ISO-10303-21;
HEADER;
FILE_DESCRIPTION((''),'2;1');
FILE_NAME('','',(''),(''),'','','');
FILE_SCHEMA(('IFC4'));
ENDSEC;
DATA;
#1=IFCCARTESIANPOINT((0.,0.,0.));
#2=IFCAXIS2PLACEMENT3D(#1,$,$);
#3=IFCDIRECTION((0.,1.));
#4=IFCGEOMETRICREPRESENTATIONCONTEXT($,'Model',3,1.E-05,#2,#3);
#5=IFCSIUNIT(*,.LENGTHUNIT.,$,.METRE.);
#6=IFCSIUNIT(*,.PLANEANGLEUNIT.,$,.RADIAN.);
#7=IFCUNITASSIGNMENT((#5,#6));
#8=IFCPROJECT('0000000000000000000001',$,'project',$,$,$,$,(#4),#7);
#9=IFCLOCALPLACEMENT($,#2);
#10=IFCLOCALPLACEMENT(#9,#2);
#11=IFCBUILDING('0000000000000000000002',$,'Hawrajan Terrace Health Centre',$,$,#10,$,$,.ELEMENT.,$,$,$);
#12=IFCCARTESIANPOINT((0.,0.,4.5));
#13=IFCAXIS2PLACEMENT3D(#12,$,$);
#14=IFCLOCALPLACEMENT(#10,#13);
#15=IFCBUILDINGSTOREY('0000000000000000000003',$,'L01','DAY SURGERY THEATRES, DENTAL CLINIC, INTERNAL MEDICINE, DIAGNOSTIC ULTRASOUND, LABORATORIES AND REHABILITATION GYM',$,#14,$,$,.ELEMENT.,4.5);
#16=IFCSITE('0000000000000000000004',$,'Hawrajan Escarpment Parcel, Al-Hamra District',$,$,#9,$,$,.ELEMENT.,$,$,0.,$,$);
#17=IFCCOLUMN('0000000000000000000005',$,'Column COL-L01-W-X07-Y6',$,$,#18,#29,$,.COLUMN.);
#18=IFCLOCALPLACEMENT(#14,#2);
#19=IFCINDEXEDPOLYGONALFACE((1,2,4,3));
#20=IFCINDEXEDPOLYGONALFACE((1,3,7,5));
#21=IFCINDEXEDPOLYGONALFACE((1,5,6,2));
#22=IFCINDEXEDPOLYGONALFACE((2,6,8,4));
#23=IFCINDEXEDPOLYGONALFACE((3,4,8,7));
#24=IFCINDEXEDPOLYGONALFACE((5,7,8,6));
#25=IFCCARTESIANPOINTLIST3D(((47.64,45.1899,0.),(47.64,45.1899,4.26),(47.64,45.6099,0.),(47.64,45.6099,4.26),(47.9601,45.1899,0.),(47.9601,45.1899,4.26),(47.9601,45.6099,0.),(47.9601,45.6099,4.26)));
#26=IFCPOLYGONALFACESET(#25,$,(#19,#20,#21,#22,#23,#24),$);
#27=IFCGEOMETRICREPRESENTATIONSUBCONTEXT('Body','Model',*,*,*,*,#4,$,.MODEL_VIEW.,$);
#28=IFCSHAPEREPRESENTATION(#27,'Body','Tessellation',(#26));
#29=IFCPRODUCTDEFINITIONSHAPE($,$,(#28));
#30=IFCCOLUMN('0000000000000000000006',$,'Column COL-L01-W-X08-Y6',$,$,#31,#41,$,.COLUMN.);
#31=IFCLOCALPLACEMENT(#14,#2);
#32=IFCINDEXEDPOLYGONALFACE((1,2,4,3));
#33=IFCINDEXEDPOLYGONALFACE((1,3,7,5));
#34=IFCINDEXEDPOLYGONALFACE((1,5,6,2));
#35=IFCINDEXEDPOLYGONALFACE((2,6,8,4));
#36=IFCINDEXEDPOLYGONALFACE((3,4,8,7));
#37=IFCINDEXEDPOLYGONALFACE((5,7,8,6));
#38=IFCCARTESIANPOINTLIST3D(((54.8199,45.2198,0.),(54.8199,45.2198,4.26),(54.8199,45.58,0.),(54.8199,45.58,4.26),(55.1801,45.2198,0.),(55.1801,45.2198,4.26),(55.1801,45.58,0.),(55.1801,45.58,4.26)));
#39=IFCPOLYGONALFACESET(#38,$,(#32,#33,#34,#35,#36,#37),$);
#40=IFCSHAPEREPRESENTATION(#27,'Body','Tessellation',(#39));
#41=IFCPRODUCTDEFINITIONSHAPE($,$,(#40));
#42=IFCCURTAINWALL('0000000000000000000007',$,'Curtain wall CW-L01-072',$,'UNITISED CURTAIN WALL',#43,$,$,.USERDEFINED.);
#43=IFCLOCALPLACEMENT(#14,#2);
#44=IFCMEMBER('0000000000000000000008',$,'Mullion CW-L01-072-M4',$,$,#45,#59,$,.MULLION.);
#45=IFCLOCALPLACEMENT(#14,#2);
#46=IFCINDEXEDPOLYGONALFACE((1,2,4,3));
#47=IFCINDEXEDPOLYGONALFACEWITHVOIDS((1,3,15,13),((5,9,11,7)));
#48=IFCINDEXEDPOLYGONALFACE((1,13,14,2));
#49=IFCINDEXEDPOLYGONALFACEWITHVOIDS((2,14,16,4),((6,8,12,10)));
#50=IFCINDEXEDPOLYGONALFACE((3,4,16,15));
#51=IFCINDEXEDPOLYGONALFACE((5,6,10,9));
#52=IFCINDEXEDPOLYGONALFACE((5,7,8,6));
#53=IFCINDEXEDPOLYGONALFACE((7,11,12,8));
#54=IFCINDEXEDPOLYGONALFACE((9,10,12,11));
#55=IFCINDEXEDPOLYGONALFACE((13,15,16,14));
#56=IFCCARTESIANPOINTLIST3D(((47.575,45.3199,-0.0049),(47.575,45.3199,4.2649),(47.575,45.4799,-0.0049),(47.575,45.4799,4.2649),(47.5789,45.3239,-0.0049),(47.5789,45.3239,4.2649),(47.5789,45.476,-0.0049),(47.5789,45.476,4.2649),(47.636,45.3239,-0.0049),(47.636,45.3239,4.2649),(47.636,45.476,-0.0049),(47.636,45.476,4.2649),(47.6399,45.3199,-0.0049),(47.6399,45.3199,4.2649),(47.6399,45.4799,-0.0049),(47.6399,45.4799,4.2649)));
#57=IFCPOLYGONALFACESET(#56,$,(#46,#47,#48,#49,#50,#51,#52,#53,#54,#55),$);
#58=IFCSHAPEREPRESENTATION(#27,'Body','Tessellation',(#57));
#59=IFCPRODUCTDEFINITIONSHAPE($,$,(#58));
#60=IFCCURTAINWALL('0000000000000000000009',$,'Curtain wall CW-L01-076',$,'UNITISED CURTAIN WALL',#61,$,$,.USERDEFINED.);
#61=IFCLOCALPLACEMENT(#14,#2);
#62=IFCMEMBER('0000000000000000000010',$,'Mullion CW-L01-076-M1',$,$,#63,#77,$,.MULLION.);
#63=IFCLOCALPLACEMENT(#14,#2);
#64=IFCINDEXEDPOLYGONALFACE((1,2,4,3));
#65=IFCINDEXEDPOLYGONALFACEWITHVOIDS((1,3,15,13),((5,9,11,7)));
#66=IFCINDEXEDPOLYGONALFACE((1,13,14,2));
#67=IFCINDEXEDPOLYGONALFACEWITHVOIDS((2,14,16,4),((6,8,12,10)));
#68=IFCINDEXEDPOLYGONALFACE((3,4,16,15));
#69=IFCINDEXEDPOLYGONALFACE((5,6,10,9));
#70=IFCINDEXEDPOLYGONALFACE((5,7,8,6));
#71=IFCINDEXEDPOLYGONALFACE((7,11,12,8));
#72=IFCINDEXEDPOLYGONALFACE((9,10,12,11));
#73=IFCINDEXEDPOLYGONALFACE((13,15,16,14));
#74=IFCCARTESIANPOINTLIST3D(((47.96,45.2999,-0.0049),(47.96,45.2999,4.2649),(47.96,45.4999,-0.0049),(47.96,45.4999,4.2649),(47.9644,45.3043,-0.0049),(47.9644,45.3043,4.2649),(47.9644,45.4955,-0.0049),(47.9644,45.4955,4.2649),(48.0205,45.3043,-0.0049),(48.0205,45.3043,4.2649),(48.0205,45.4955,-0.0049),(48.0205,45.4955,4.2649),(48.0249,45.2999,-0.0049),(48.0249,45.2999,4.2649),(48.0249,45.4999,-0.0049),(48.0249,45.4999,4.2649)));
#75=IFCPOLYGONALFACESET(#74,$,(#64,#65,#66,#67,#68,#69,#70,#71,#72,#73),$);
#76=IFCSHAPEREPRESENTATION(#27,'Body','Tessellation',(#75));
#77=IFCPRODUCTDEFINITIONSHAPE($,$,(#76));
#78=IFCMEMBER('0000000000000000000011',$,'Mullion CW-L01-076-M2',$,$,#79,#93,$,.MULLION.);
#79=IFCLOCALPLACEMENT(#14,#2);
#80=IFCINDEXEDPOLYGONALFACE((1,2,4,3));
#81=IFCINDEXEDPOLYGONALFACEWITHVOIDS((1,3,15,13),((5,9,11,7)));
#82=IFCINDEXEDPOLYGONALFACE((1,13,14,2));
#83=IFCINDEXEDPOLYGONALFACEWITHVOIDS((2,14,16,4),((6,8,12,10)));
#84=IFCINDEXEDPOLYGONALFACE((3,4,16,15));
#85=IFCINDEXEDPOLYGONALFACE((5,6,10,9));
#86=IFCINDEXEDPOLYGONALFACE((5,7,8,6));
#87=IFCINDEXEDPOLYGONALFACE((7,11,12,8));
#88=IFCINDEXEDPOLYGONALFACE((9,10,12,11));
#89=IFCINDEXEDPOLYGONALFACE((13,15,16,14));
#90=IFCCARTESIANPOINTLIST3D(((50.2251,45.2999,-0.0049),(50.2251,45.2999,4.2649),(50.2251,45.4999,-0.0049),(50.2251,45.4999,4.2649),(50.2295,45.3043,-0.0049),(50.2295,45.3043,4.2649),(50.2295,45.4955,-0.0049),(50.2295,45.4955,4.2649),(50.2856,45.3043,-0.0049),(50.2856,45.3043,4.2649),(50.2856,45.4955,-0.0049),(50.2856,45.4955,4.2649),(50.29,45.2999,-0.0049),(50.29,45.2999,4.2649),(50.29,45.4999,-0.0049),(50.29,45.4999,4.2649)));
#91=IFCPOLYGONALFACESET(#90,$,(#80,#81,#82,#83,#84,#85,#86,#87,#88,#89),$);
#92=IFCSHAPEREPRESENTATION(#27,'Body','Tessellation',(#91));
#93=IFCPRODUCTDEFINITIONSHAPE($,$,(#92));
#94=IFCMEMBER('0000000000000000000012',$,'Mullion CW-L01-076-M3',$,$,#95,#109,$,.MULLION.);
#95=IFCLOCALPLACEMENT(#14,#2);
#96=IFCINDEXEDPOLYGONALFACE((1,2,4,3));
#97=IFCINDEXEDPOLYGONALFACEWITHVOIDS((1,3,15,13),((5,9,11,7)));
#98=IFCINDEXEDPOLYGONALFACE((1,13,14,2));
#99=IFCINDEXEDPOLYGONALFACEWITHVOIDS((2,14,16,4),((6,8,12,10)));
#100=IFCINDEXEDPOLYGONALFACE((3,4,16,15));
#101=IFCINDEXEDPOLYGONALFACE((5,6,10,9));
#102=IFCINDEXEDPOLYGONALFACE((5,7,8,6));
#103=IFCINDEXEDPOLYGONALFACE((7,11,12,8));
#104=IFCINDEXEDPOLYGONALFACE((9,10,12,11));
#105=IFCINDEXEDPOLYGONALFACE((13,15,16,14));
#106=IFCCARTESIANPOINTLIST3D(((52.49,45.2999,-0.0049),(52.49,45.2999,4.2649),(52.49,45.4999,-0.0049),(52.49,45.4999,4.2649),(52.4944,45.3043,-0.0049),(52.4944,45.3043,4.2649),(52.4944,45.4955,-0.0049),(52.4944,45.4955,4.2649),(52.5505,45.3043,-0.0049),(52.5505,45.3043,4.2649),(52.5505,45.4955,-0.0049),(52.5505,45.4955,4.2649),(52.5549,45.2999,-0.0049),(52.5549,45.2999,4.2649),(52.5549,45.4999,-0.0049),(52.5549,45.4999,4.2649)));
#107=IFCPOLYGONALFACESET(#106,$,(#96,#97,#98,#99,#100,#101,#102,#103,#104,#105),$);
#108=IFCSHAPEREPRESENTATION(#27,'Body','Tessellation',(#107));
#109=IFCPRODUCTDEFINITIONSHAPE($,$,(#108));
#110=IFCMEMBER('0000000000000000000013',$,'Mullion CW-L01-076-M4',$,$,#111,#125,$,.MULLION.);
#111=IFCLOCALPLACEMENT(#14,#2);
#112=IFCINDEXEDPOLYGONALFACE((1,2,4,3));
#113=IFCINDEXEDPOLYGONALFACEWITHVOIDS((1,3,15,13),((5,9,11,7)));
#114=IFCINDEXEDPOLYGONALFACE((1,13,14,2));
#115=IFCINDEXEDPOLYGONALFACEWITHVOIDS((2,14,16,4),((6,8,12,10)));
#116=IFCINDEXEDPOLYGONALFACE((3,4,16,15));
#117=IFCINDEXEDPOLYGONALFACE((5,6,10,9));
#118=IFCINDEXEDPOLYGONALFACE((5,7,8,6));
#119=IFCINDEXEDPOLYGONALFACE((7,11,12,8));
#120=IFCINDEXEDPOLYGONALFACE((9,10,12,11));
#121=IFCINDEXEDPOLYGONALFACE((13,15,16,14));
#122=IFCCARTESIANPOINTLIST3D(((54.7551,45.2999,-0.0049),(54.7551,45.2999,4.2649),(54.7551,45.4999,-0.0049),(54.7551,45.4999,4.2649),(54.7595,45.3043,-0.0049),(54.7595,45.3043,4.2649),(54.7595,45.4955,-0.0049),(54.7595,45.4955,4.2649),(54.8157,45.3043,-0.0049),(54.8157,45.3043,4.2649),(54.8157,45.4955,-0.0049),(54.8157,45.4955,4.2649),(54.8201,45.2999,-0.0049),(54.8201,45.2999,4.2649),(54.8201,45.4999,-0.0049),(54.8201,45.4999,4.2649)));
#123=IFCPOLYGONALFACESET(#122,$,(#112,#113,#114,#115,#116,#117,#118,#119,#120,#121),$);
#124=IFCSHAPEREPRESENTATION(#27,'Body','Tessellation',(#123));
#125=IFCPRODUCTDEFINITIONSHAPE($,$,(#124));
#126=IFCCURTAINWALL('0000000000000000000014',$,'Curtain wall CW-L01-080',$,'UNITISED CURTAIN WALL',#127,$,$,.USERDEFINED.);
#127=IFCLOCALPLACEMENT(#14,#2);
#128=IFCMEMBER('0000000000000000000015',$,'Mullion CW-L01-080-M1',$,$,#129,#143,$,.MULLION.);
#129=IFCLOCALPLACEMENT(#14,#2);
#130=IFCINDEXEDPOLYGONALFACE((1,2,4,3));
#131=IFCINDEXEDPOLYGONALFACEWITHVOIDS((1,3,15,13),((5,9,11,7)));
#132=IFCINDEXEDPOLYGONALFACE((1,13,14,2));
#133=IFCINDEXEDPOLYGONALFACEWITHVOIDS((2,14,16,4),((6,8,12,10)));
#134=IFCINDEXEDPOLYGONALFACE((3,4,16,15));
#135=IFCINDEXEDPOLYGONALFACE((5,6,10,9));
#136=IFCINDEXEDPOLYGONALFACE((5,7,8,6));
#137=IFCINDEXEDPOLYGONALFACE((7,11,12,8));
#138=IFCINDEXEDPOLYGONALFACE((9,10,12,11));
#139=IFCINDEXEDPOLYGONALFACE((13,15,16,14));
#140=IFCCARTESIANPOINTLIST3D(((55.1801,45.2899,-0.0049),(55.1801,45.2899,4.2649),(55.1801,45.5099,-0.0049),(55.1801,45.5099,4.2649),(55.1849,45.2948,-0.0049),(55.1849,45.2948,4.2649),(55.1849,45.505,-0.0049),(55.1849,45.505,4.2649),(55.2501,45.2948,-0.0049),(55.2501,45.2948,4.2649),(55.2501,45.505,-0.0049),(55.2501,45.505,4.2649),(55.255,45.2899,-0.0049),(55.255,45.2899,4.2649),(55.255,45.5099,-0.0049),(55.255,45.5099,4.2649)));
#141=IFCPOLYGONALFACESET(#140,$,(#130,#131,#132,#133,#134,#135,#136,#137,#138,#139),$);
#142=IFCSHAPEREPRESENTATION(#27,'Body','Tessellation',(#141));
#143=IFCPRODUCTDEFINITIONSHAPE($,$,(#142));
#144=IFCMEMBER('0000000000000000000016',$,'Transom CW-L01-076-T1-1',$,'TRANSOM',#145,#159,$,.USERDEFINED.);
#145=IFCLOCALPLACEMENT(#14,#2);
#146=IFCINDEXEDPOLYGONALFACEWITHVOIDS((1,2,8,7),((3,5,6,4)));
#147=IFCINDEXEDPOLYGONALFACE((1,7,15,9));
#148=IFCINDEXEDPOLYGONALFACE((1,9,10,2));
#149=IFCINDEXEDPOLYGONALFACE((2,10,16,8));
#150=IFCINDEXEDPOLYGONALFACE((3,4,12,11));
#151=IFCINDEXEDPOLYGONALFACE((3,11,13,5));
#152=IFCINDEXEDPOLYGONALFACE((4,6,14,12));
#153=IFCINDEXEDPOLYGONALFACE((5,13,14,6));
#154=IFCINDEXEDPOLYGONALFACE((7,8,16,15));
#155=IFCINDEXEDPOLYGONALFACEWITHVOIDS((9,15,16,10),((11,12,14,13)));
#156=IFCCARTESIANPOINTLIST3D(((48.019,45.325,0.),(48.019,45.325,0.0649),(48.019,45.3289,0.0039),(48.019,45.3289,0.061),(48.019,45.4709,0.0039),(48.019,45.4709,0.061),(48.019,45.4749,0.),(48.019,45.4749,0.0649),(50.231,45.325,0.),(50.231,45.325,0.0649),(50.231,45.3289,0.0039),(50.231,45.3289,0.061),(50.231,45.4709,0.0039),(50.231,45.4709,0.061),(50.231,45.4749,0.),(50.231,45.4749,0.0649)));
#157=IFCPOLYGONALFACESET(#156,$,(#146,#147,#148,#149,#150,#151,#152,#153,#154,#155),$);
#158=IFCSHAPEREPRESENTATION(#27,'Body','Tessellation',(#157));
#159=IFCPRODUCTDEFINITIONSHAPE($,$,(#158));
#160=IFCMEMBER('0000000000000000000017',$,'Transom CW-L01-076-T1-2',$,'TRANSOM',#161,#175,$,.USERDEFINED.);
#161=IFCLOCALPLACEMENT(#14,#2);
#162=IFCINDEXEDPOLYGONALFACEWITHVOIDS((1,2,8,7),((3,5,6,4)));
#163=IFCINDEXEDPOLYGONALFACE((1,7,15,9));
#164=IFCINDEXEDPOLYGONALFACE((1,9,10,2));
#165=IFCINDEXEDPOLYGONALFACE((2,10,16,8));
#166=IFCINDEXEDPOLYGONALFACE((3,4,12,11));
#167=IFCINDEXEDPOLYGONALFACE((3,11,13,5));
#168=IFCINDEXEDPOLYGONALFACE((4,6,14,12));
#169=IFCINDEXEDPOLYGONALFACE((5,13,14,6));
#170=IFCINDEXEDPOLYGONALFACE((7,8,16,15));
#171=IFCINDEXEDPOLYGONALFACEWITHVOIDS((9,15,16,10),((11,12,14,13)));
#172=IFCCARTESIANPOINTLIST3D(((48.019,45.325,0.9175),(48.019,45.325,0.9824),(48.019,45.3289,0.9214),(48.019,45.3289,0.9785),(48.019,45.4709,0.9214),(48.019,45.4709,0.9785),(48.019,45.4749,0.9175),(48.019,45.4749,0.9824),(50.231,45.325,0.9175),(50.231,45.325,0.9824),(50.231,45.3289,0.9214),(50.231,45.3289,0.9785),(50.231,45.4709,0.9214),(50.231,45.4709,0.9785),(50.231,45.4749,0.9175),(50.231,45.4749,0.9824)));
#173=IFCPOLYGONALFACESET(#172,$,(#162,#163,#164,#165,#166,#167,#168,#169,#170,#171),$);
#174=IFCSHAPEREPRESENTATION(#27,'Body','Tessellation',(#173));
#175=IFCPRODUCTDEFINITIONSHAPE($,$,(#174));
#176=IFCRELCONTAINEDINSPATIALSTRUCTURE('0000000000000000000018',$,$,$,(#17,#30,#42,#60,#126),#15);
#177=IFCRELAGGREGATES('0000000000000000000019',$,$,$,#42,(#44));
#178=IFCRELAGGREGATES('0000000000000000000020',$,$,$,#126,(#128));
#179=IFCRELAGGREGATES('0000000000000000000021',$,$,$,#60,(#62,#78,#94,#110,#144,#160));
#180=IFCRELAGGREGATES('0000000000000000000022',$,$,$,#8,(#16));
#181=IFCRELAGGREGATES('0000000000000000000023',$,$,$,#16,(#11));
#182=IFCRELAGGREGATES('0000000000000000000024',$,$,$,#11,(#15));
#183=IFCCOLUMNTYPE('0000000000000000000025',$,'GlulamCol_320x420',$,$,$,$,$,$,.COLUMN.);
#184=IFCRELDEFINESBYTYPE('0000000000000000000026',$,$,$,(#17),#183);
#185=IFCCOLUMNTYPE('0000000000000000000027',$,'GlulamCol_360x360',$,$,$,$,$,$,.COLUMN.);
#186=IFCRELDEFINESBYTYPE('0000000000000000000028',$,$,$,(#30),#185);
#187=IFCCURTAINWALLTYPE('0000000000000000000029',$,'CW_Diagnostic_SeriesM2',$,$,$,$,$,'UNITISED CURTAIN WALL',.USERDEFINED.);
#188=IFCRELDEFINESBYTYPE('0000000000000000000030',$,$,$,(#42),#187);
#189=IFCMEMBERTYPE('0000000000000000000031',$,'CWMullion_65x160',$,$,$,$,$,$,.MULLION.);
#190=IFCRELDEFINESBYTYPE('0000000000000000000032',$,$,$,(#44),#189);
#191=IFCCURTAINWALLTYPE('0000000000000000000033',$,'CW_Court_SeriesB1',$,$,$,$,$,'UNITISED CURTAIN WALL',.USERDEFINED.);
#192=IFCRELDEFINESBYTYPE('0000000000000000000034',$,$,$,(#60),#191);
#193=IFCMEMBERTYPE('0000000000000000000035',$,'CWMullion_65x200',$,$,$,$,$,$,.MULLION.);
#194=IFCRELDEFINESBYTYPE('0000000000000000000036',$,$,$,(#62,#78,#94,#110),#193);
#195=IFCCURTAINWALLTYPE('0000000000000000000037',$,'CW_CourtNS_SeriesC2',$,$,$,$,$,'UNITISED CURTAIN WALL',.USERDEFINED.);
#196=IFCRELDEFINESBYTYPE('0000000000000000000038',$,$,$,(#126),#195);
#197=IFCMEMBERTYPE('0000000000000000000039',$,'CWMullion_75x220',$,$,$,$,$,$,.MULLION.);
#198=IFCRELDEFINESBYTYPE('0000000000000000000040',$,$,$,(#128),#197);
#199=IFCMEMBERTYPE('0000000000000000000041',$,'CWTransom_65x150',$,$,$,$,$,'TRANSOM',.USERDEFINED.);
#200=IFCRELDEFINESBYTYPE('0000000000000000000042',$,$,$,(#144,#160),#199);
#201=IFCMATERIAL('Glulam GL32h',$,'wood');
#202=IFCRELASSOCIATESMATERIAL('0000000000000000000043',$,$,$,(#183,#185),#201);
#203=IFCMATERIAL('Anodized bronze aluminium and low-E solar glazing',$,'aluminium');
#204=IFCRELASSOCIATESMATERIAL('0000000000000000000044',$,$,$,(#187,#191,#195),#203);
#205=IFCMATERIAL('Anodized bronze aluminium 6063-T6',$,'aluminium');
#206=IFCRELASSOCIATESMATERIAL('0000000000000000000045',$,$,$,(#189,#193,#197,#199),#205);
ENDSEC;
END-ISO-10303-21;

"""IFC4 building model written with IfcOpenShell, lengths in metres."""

from ifc_helpers import new_model, si_unit, direction, frame, origin, origin_2d, place, context, subcontext, project, spatial, rectangle, hollow_rectangle, extrude, material, material_profile, profile_set, type_object, element, aggregate, save


model = new_model("IFC4")

# Units and contexts
model_context = context("Model", 3, precision=1e-05, world=origin(), true_north=direction((0.0, 1.0)))
body_context = subcontext(model_context, "Body", "Model", "MODEL_VIEW")
ifc_project = project(units=[si_unit("LENGTHUNIT", "METRE"), si_unit("PLANEANGLEUNIT", "RADIAN")], contexts=[model_context])

# Site, building, storey
site_placement = place(None, origin())
site = spatial("IfcSite", under=ifc_project, at=site_placement, Name="Hawrajan Escarpment Parcel, Al-Hamra District", CompositionType="ELEMENT", RefElevation=0.0)
building_placement = place(site_placement, origin())
building = spatial("IfcBuilding", under=site, at=building_placement, Name="Hawrajan Terrace Health Centre", CompositionType="ELEMENT")
storey_placement = place(building_placement, frame((0.0, 0.0, 4.5)))
storey = spatial("IfcBuildingStorey", under=building, at=storey_placement, Name="L01", Description="DAY SURGERY THEATRES, DENTAL CLINIC, INTERNAL MEDICINE, DIAGNOSTIC ULTRASOUND, LABORATORIES AND REHABILITATION GYM", CompositionType="ELEMENT", Elevation=4.5)

# Columns
ifc_material_1 = material(Name="Glulam GL32h", Category="wood")
ifc_material_profile_1 = material_profile(ifc_material_1, rectangle(XDim=0.3201, YDim=0.4199, at=origin_2d()), Name="GL 320x420")
ifc_profile_set_1 = profile_set([ifc_material_profile_1], Name="Glulam GL32h")
column_type_1 = type_object("IfcColumnType", Name="GlulamCol_320x420", PredefinedType="COLUMN", material=ifc_profile_set_1)
column_1_placement = place(storey_placement, frame((47.8, 45.3999, 0.0), z_axis=(0.0, 0.0, 1.0), x_axis=(1.0, 0.0, 0.0)))
element("IfcColumn", 1, at=column_1_placement, inside=storey, type_object=column_type_1, Name="Column COL-L01-W-X07-Y6", PredefinedType="COLUMN", context=body_context, shape_type="SweptSolid", body=[
    extrude(rectangle(XDim=0.3201, YDim=0.4199, at=origin_2d()), origin(), (0.0, 0.0, 1.0), 4.26),
])
ifc_material_profile_2 = material_profile(ifc_material_1, rectangle(XDim=0.3601, YDim=0.3601, at=origin_2d()), Name="GL 360x360")
ifc_profile_set_2 = profile_set([ifc_material_profile_2], Name="Glulam GL32h")
column_type_2 = type_object("IfcColumnType", Name="GlulamCol_360x360", PredefinedType="COLUMN", material=ifc_profile_set_2)
column_2_placement = place(storey_placement, frame((55.0, 45.3999, 0.0), z_axis=(0.0, 0.0, 1.0), x_axis=(1.0, 0.0, 0.0)))
element("IfcColumn", 2, at=column_2_placement, inside=storey, type_object=column_type_2, Name="Column COL-L01-W-X08-Y6", PredefinedType="COLUMN", context=body_context, shape_type="SweptSolid", body=[
    extrude(rectangle(XDim=0.3601, YDim=0.3601, at=origin_2d()), origin(), (0.0, 0.0, 1.0), 4.26),
])

# Curtain wall, member
ifc_material_2 = material(Name="Anodized bronze aluminium and low-E solar glazing", Category="aluminium")
curtain_wall_type_1 = type_object("IfcCurtainWallType", Name="CW_Diagnostic_SeriesM2", ElementType="UNITISED CURTAIN WALL", PredefinedType="USERDEFINED", material=ifc_material_2)
curtain_wall_1_placement = place(storey_placement, origin())
curtain_wall_1 = element("IfcCurtainWall", 3, at=curtain_wall_1_placement, inside=storey, type_object=curtain_wall_type_1, Name="Curtain wall CW-L01-072", ObjectType="UNITISED CURTAIN WALL", PredefinedType="USERDEFINED")
ifc_material_3 = material(Name="Anodized bronze aluminium 6063-T6", Category="aluminium")
ifc_material_profile_3 = material_profile(ifc_material_3, hollow_rectangle(XDim=0.0649, YDim=0.1599, WallThickness=0.0039, at=origin_2d()), Name="CW MUL 65x160")
ifc_profile_set_3 = profile_set([ifc_material_profile_3], Name="Anodized bronze aluminium 6063-T6")
member_type_1 = type_object("IfcMemberType", Name="CWMullion_65x160", PredefinedType="MULLION", material=ifc_profile_set_3)
member_1_placement = place(storey_placement, frame((47.6074, 45.3999, -0.0049), z_axis=(0.0, 0.0, 1.0), x_axis=(1.0, 0.0, 0.0)))
member_1 = element("IfcMember", 4, at=member_1_placement, type_object=member_type_1, Name="Mullion CW-L01-072-M4", PredefinedType="MULLION", context=body_context, shape_type="SweptSolid", body=[
    extrude(hollow_rectangle(XDim=0.0649, YDim=0.1599, WallThickness=0.0039, at=origin_2d()), origin(), (0.0, 0.0, 1.0), 4.2698),
])
aggregate(curtain_wall_1, [member_1])

# Curtain wall, members
curtain_wall_type_2 = type_object("IfcCurtainWallType", Name="CW_Court_SeriesB1", ElementType="UNITISED CURTAIN WALL", PredefinedType="USERDEFINED", material=ifc_material_2)
curtain_wall_2_placement = place(storey_placement, origin())
curtain_wall_2 = element("IfcCurtainWall", 5, at=curtain_wall_2_placement, inside=storey, type_object=curtain_wall_type_2, Name="Curtain wall CW-L01-076", ObjectType="UNITISED CURTAIN WALL", PredefinedType="USERDEFINED")
ifc_material_profile_4 = material_profile(ifc_material_3, hollow_rectangle(XDim=0.0649, YDim=0.2, WallThickness=0.0044, at=origin_2d()), Name="CW MUL 65x200")
ifc_profile_set_4 = profile_set([ifc_material_profile_4], Name="Anodized bronze aluminium 6063-T6")
member_type_2 = type_object("IfcMemberType", Name="CWMullion_65x200", PredefinedType="MULLION", material=ifc_profile_set_4)
member_2_placement = place(storey_placement, frame((47.9924, 45.3999, -0.0049), z_axis=(0.0, 0.0, 1.0), x_axis=(1.0, 0.0, 0.0)))
member_2 = element("IfcMember", 6, at=member_2_placement, type_object=member_type_2, Name="Mullion CW-L01-076-M1", PredefinedType="MULLION", context=body_context, shape_type="SweptSolid", body=[
    extrude(hollow_rectangle(XDim=0.0649, YDim=0.2, WallThickness=0.0044, at=origin_2d()), origin(), (0.0, 0.0, 1.0), 4.2698),
])
member_3_placement = place(storey_placement, frame((50.2576, 45.3999, -0.0049), z_axis=(0.0, 0.0, 1.0), x_axis=(1.0, 0.0, 0.0)))
member_3 = element("IfcMember", 7, at=member_3_placement, type_object=member_type_2, Name="Mullion CW-L01-076-M2", PredefinedType="MULLION", context=body_context, shape_type="SweptSolid", body=[
    extrude(hollow_rectangle(XDim=0.0649, YDim=0.2, WallThickness=0.0044, at=origin_2d()), origin(), (0.0, 0.0, 1.0), 4.2698),
])
member_4_placement = place(storey_placement, frame((52.5225, 45.3999, -0.0049), z_axis=(0.0, 0.0, 1.0), x_axis=(1.0, 0.0, 0.0)))
member_4 = element("IfcMember", 8, at=member_4_placement, type_object=member_type_2, Name="Mullion CW-L01-076-M3", PredefinedType="MULLION", context=body_context, shape_type="SweptSolid", body=[
    extrude(hollow_rectangle(XDim=0.0649, YDim=0.2, WallThickness=0.0044, at=origin_2d()), origin(), (0.0, 0.0, 1.0), 4.2698),
])
member_5_placement = place(storey_placement, frame((54.7876, 45.3999, -0.0049), z_axis=(0.0, 0.0, 1.0), x_axis=(1.0, 0.0, 0.0)))
member_5 = element("IfcMember", 9, at=member_5_placement, type_object=member_type_2, Name="Mullion CW-L01-076-M4", PredefinedType="MULLION", context=body_context, shape_type="SweptSolid", body=[
    extrude(hollow_rectangle(XDim=0.0649, YDim=0.2, WallThickness=0.0044, at=origin_2d()), origin(), (0.0, 0.0, 1.0), 4.2698),
])

# Curtain wall, member
curtain_wall_type_3 = type_object("IfcCurtainWallType", Name="CW_CourtNS_SeriesC2", ElementType="UNITISED CURTAIN WALL", PredefinedType="USERDEFINED", material=ifc_material_2)
curtain_wall_3_placement = place(storey_placement, origin())
curtain_wall_3 = element("IfcCurtainWall", 10, at=curtain_wall_3_placement, inside=storey, type_object=curtain_wall_type_3, Name="Curtain wall CW-L01-080", ObjectType="UNITISED CURTAIN WALL", PredefinedType="USERDEFINED")
ifc_material_profile_5 = material_profile(ifc_material_3, hollow_rectangle(XDim=0.075, YDim=0.22, WallThickness=0.0049, at=origin_2d()), Name="CW MUL 75x220")
ifc_profile_set_5 = profile_set([ifc_material_profile_5], Name="Anodized bronze aluminium 6063-T6")
member_type_3 = type_object("IfcMemberType", Name="CWMullion_75x220", PredefinedType="MULLION", material=ifc_profile_set_5)
member_6_placement = place(storey_placement, frame((55.2175, 45.3999, -0.0049), z_axis=(0.0, 0.0, 1.0), x_axis=(1.0, 0.0, 0.0)))
member_6 = element("IfcMember", 11, at=member_6_placement, type_object=member_type_3, Name="Mullion CW-L01-080-M1", PredefinedType="MULLION", context=body_context, shape_type="SweptSolid", body=[
    extrude(hollow_rectangle(XDim=0.075, YDim=0.22, WallThickness=0.0049, at=origin_2d()), origin(), (0.0, 0.0, 1.0), 4.2698),
])
aggregate(curtain_wall_3, [member_6])

# Members
ifc_material_profile_6 = material_profile(ifc_material_3, hollow_rectangle(XDim=0.0649, YDim=0.1499, WallThickness=0.0039, at=origin_2d()), Name="CW TRN 65x150")
ifc_profile_set_6 = profile_set([ifc_material_profile_6], Name="Anodized bronze aluminium 6063-T6")
member_type_4 = type_object("IfcMemberType", Name="CWTransom_65x150", ElementType="TRANSOM", PredefinedType="USERDEFINED", material=ifc_profile_set_6)
member_7_placement = place(storey_placement, frame((48.019, 45.3999, 0.0325), z_axis=(1.0, 0.0, 0.0), x_axis=(0.0, 0.0, 1.0)))
member_7 = element("IfcMember", 12, at=member_7_placement, type_object=member_type_4, Name="Transom CW-L01-076-T1-1", ObjectType="TRANSOM", PredefinedType="USERDEFINED", context=body_context, shape_type="SweptSolid", body=[
    extrude(hollow_rectangle(XDim=0.0649, YDim=0.1499, WallThickness=0.0039, at=origin_2d()), origin(), (0.0, 0.0, 1.0), 2.2119),
])
member_8_placement = place(storey_placement, frame((48.019, 45.3999, 0.95), z_axis=(1.0, 0.0, 0.0), x_axis=(0.0, 0.0, 1.0)))
member_8 = element("IfcMember", 13, at=member_8_placement, type_object=member_type_4, Name="Transom CW-L01-076-T1-2", ObjectType="TRANSOM", PredefinedType="USERDEFINED", context=body_context, shape_type="SweptSolid", body=[
    extrude(hollow_rectangle(XDim=0.0649, YDim=0.1499, WallThickness=0.0039, at=origin_2d()), origin(), (0.0, 0.0, 1.0), 2.2119),
])

aggregate(curtain_wall_2, [member_2, member_3, member_4, member_5, member_7, member_8])

save(model, "model.ifc")
